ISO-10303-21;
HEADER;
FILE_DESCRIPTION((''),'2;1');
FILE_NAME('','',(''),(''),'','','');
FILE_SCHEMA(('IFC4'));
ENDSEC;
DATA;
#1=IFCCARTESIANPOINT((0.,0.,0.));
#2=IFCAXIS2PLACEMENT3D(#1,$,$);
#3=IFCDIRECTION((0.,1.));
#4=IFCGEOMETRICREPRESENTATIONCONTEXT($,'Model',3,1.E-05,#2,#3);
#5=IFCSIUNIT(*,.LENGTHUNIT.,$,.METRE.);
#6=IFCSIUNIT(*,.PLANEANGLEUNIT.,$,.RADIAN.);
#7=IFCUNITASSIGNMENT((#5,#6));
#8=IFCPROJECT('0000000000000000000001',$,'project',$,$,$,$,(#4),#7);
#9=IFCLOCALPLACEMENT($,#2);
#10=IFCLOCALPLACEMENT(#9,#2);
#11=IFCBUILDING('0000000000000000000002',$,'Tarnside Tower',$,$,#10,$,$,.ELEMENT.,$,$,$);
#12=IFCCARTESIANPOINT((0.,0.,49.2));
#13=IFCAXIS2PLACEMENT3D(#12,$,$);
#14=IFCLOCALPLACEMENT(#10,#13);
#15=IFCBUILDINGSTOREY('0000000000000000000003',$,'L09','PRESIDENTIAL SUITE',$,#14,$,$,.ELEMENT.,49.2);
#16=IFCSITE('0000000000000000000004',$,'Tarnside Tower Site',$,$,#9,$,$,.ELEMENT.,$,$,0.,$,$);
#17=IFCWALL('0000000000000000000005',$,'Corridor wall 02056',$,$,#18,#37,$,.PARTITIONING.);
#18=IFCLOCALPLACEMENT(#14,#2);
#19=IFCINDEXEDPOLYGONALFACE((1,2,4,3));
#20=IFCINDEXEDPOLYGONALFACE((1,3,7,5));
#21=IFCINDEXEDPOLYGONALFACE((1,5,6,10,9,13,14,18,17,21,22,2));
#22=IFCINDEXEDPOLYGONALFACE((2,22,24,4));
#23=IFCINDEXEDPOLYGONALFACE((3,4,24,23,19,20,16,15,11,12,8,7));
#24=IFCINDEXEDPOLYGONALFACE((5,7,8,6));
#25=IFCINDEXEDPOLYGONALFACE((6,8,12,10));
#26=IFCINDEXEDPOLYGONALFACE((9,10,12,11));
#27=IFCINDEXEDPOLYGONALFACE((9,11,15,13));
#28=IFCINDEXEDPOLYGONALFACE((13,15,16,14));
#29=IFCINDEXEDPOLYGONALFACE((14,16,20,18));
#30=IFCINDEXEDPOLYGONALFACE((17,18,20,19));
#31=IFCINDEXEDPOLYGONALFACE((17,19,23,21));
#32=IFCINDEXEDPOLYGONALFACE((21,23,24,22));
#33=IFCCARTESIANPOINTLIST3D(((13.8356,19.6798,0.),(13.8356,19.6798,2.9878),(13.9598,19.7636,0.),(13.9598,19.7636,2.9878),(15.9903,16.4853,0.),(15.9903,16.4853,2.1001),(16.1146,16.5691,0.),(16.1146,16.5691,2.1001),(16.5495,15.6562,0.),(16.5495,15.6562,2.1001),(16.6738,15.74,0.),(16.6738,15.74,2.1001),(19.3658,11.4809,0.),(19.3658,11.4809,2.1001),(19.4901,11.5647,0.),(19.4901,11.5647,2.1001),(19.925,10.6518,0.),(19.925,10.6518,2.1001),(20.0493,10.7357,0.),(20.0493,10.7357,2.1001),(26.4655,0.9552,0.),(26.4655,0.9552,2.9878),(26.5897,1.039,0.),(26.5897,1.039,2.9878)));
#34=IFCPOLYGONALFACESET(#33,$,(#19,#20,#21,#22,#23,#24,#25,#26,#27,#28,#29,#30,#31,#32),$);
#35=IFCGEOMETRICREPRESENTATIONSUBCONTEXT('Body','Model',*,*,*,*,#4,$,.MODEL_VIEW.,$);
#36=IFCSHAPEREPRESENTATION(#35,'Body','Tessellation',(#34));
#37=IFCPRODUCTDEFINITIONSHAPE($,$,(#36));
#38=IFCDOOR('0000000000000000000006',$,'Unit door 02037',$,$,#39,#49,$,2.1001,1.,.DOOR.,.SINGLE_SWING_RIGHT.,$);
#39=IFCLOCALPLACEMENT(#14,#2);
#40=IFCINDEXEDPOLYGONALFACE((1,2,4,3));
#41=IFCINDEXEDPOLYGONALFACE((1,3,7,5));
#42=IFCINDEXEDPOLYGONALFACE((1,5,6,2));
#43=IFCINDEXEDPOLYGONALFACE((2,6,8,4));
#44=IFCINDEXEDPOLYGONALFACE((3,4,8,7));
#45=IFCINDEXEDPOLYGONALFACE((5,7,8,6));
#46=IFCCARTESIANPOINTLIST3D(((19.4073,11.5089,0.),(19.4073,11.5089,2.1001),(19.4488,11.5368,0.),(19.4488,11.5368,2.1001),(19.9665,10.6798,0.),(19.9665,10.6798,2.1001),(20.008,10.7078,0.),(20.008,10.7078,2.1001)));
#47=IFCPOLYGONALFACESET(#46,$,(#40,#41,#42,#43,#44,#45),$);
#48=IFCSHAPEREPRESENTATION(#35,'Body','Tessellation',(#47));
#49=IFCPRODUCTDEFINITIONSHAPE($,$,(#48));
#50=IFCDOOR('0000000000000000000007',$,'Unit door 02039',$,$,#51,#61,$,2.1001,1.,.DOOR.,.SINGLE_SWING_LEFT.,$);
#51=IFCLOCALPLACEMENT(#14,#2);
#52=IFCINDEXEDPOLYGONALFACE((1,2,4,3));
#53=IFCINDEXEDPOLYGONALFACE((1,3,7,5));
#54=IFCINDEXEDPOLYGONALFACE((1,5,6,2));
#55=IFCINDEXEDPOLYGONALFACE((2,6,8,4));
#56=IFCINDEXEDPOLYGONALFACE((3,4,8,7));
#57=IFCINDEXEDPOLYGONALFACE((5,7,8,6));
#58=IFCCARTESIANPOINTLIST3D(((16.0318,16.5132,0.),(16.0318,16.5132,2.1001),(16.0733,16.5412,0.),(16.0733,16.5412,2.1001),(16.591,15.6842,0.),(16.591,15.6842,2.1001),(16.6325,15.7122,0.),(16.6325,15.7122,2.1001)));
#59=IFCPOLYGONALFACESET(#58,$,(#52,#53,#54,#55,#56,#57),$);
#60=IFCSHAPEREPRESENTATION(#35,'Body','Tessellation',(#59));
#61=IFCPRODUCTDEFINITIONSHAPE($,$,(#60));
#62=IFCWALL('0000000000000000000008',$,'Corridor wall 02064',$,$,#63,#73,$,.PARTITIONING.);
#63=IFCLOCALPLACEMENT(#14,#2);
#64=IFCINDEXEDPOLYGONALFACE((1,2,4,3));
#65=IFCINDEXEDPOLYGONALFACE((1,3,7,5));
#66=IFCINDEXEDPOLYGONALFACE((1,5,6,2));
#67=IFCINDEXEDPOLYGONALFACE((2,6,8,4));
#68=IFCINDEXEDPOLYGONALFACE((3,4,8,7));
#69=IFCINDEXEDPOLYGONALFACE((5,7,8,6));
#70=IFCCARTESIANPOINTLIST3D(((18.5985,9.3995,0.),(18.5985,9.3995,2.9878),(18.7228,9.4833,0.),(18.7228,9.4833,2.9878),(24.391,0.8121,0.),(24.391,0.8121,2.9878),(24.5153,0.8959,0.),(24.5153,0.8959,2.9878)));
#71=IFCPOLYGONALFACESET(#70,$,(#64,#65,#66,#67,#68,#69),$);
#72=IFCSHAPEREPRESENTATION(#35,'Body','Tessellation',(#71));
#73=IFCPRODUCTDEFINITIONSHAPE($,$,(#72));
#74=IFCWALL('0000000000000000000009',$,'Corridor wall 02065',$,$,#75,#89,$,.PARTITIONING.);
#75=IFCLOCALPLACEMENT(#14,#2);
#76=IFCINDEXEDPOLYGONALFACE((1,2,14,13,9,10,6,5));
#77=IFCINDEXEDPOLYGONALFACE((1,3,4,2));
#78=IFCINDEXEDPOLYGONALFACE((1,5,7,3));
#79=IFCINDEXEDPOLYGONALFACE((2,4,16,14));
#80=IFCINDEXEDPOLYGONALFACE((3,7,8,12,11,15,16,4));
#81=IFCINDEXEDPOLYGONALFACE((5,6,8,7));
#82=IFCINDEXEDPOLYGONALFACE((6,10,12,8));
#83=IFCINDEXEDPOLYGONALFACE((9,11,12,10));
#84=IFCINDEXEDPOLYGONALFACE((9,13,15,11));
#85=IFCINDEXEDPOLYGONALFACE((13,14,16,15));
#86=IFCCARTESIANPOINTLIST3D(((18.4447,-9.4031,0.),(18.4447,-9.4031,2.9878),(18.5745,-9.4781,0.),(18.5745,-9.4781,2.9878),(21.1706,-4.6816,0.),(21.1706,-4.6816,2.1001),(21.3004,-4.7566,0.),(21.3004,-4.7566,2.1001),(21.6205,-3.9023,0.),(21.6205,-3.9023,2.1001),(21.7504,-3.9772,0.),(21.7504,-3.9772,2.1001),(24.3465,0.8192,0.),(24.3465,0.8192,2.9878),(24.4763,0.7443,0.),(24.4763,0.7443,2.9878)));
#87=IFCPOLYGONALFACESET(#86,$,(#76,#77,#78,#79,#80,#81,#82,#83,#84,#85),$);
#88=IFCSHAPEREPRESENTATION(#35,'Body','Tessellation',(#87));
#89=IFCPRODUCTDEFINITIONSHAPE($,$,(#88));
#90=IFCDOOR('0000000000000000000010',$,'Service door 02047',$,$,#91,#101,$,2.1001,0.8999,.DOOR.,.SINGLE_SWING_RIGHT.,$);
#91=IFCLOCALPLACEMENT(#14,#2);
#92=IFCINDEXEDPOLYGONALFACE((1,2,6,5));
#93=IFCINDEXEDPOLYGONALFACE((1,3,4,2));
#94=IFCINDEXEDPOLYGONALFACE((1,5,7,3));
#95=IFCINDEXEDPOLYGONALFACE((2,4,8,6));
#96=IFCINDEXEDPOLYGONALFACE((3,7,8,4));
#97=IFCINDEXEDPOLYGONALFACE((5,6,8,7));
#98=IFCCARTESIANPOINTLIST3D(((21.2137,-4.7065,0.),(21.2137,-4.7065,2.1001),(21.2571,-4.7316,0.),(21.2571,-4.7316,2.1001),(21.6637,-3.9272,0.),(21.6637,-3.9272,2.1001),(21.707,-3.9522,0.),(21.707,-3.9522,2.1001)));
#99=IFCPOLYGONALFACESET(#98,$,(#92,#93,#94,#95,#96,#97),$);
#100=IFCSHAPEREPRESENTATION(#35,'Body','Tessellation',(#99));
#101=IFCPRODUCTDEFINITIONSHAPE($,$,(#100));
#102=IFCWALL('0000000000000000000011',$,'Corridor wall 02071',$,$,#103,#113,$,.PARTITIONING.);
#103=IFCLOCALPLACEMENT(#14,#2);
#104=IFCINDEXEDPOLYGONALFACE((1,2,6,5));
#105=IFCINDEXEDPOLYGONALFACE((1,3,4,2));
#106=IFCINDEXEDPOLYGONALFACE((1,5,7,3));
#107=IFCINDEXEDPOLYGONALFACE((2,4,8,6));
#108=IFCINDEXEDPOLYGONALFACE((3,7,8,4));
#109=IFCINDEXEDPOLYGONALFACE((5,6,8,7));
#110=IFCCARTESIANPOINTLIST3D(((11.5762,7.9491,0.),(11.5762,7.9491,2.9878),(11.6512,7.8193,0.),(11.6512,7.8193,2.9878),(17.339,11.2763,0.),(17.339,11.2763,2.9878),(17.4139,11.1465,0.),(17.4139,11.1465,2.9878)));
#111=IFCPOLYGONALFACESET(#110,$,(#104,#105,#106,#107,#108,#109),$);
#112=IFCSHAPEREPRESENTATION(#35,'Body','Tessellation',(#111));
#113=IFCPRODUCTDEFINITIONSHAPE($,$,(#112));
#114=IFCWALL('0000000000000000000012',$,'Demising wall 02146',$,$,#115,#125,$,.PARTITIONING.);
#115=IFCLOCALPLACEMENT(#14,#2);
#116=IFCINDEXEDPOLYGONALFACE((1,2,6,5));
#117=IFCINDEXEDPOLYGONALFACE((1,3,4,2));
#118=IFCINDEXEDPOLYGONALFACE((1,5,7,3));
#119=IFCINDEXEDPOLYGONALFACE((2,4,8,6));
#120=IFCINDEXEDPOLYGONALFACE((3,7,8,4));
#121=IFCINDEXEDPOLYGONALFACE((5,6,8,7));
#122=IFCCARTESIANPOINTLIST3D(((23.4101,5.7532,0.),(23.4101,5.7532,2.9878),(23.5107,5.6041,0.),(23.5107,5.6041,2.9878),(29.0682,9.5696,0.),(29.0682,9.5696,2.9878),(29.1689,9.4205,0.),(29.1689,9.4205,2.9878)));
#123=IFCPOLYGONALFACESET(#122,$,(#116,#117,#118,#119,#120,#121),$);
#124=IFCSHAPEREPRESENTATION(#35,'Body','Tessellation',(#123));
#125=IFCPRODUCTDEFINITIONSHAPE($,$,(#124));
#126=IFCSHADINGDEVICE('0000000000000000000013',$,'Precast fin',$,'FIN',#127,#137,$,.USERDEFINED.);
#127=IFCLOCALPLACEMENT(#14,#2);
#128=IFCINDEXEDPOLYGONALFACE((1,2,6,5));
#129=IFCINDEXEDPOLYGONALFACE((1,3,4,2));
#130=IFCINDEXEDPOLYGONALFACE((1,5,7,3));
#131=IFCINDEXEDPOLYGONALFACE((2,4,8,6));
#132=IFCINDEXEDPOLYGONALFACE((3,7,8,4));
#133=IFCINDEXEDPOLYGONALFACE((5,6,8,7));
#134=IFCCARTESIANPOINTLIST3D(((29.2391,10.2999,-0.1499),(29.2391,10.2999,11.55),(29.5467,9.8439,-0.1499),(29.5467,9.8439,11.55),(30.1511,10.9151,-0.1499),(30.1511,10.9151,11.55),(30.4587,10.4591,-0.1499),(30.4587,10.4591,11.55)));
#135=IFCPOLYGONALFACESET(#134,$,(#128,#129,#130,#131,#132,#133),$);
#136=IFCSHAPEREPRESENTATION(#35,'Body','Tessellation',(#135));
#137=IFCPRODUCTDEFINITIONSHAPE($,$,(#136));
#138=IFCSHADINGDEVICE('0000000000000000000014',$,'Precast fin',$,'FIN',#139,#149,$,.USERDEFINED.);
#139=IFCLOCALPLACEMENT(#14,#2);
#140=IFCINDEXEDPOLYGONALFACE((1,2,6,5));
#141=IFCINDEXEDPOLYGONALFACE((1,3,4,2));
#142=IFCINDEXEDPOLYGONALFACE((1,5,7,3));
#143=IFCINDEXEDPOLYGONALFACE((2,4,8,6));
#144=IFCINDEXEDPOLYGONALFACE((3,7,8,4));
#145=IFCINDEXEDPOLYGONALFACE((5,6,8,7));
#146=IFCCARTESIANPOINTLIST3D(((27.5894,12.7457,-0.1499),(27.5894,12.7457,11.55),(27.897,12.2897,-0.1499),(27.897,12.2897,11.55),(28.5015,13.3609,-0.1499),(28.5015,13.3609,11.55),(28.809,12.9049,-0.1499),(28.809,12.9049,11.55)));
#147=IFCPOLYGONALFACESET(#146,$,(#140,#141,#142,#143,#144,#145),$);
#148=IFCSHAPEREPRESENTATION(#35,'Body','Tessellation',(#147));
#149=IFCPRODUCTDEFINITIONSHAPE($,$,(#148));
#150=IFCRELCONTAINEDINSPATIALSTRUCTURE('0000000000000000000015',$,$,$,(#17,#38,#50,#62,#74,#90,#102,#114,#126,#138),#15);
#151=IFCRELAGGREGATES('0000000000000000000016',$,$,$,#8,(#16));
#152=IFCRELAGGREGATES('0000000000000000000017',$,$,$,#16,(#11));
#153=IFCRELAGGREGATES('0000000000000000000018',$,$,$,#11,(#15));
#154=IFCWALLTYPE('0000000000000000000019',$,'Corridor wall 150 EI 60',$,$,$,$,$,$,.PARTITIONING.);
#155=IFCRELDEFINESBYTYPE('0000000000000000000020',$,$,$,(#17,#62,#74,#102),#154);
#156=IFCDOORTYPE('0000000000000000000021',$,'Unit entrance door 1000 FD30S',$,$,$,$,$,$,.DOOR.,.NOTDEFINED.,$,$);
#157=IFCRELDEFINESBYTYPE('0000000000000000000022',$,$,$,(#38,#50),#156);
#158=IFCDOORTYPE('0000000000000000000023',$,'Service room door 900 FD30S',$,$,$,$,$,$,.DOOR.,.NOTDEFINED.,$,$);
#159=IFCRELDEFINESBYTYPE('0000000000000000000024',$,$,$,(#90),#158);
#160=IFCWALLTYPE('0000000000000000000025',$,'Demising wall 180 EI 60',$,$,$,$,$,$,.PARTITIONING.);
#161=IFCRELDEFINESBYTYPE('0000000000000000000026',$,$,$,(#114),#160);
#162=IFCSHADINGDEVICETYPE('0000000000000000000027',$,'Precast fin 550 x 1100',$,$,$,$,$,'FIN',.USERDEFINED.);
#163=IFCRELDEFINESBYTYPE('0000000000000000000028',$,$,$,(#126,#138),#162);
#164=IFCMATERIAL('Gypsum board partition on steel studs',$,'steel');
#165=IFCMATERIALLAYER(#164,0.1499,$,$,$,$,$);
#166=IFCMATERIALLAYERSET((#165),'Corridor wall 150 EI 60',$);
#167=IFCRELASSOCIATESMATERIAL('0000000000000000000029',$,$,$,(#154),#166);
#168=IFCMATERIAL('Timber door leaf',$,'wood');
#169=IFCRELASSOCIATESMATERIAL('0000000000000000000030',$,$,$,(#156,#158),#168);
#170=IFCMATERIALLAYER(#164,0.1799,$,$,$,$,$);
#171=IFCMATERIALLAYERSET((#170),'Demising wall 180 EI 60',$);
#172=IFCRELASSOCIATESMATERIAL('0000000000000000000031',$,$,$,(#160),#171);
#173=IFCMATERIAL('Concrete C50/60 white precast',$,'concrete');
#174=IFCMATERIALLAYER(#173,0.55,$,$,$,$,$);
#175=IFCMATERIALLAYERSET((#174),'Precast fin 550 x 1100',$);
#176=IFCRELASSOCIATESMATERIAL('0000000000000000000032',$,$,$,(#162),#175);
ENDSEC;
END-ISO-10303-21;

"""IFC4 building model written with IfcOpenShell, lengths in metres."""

from ifc_helpers import new_model, si_unit, direction, frame, frame_2d, origin, place, context, subcontext, project, spatial, polyline, rectangle, outline, extrude, material, layer, layer_set, type_object, element, fill, save


model = new_model("IFC4")

# Units and contexts
model_context = context("Model", 3, precision=1e-05, world=origin(), true_north=direction((0.0, 1.0)))
body_context = subcontext(model_context, "Body", "Model", "MODEL_VIEW")
ifc_project = project(units=[si_unit("LENGTHUNIT", "METRE"), si_unit("PLANEANGLEUNIT", "RADIAN")], contexts=[model_context])

# Site, building, storey
site_placement = place(None, origin())
site = spatial("IfcSite", under=ifc_project, at=site_placement, Name="Tarnside Tower Site", CompositionType="ELEMENT", RefElevation=0.0)
building_placement = place(site_placement, origin())
building = spatial("IfcBuilding", under=site, at=building_placement, Name="Tarnside Tower", CompositionType="ELEMENT")
storey_placement = place(building_placement, frame((0.0, 0.0, 49.2)))
storey = spatial("IfcBuildingStorey", under=building, at=storey_placement, Name="L09", Description="PRESIDENTIAL SUITE", CompositionType="ELEMENT", Elevation=49.2)

# Shared definitions
ifc_material_1 = material(Name="Gypsum board partition on steel studs", Category="steel")
ifc_material_2 = material(Name="Timber door leaf", Category="wood")

# Wall, openings, doors
ifc_layer_1 = layer(ifc_material_1, 0.1499)
ifc_layer_set_1 = layer_set([ifc_layer_1], Name="Corridor wall 150 EI 60")
wall_type_1 = type_object("IfcWallType", Name="Corridor wall 150 EI 60", PredefinedType="PARTITIONING", material=ifc_layer_set_1)
wall_1_placement = place(storey_placement, frame((26.5276, 0.9971, 0.0), z_axis=(0.0, 0.0, 1.0), x_axis=(-0.559192, 0.829038, 0.0)))
wall_1 = element("IfcWall", 1, at=wall_1_placement, inside=storey, type_object=wall_type_1, Name="Corridor wall 02056", PredefinedType="PARTITIONING", context=body_context, shape_type="SweptSolid", body=[
    extrude(rectangle(XDim=22.5859, YDim=0.1499, at=frame_2d((11.293, 0.0))), origin(), (0.0, 0.0, 1.0), 2.9878),
])
opening_1_placement = place(wall_1_placement, frame((11.6963, 0.0, 0.0)))
opening_1 = element("IfcOpeningElement", 2, at=opening_1_placement, cuts=wall_1, PredefinedType="OPENING", context=body_context, shape_type="SweptSolid", body=[
    extrude(rectangle(XDim=1.0, YDim=2.1001, at=frame_2d((0.5, 1.05))), frame((0.0, 0.085, 0.0), z_axis=(0.0, -1.0, 0.0), x_axis=(1.0, 0.0, 0.0)), (0.0, 0.0, 1.0), 0.1699),
])
opening_2_placement = place(wall_1_placement, frame((17.7327, 0.0, 0.0)))
opening_2 = element("IfcOpeningElement", 3, at=opening_2_placement, cuts=wall_1, PredefinedType="OPENING", context=body_context, shape_type="SweptSolid", body=[
    extrude(rectangle(XDim=1.0, YDim=2.1001, at=frame_2d((0.5, 1.05))), frame((0.0, 0.085, 0.0), z_axis=(0.0, -1.0, 0.0), x_axis=(1.0, 0.0, 0.0)), (0.0, 0.0, 1.0), 0.1699),
])
door_type_1 = type_object("IfcDoorType", Name="Unit entrance door 1000 FD30S", OperationType="NOTDEFINED", PredefinedType="DOOR", material=ifc_material_2)
door_1_placement = place(opening_1_placement, origin())
door_1 = element("IfcDoor", 4, at=door_1_placement, inside=storey, type_object=door_type_1, Name="Unit door 02037", OperationType="SINGLE_SWING_RIGHT", OverallHeight=2.1001, OverallWidth=1.0, PredefinedType="DOOR", context=body_context, shape_type="SweptSolid", body=[
    extrude(rectangle(XDim=1.0, YDim=2.1001, at=frame_2d((0.5, 1.05))), frame((0.0, 0.0249, 0.0), z_axis=(0.0, -1.0, 0.0), x_axis=(1.0, 0.0, 0.0)), (0.0, 0.0, 1.0), 0.05),
])
fill(opening_1, door_1)
door_2_placement = place(opening_2_placement, origin())
door_2 = element("IfcDoor", 5, at=door_2_placement, inside=storey, type_object=door_type_1, Name="Unit door 02039", OperationType="SINGLE_SWING_LEFT", OverallHeight=2.1001, OverallWidth=1.0, PredefinedType="DOOR", context=body_context, shape_type="SweptSolid", body=[
    extrude(rectangle(XDim=1.0, YDim=2.1001, at=frame_2d((0.5, 1.05))), frame((0.0, 0.0249, 0.0), z_axis=(0.0, -1.0, 0.0), x_axis=(1.0, 0.0, 0.0)), (0.0, 0.0, 1.0), 0.05),
])
fill(opening_2, door_2)

# Wall
wall_2_placement = place(storey_placement, frame((18.6606, 9.4414, 0.0), z_axis=(0.0, 0.0, 1.0), x_axis=(0.559206, -0.829028, 0.0)))
element("IfcWall", 6, at=wall_2_placement, inside=storey, type_object=wall_type_1, Name="Corridor wall 02064", PredefinedType="PARTITIONING", context=body_context, shape_type="SweptSolid", body=[
    extrude(rectangle(XDim=10.3584, YDim=0.1499, at=frame_2d((5.1792, 0.0))), origin(), (0.0, 0.0, 1.0), 2.9878),
])

# Wall, opening, door
wall_3_placement = place(storey_placement, frame((24.4114, 0.7817, 0.0), z_axis=(0.0, 0.0, 1.0), x_axis=(-0.499996, -0.866027, 0.0)))
wall_3 = element("IfcWall", 7, at=wall_3_placement, inside=storey, type_object=wall_type_1, Name="Corridor wall 02065", PredefinedType="PARTITIONING", context=body_context, shape_type="SweptSolid", body=[
    extrude(rectangle(XDim=11.8037, YDim=0.1499, at=frame_2d((5.9019, 0.0))), origin(), (0.0, 0.0, 1.0), 2.9878),
])
opening_3_placement = place(wall_3_placement, frame((5.4519, 0.0, 0.0)))
opening_3 = element("IfcOpeningElement", 8, at=opening_3_placement, cuts=wall_3, PredefinedType="OPENING", context=body_context, shape_type="SweptSolid", body=[
    extrude(rectangle(XDim=0.8999, YDim=2.1001, at=frame_2d((0.45, 1.05))), frame((0.0, 0.085, 0.0), z_axis=(0.0, -1.0, 0.0), x_axis=(1.0, 0.0, 0.0)), (0.0, 0.0, 1.0), 0.1699),
])
door_type_2 = type_object("IfcDoorType", Name="Service room door 900 FD30S", OperationType="NOTDEFINED", PredefinedType="DOOR", material=ifc_material_2)
door_3_placement = place(opening_3_placement, origin())
door_3 = element("IfcDoor", 9, at=door_3_placement, inside=storey, type_object=door_type_2, Name="Service door 02047", OperationType="SINGLE_SWING_RIGHT", OverallHeight=2.1001, OverallWidth=0.8999, PredefinedType="DOOR", context=body_context, shape_type="SweptSolid", body=[
    extrude(rectangle(XDim=0.8999, YDim=2.1001, at=frame_2d((0.45, 1.05))), frame((0.0, 0.0249, 0.0), z_axis=(0.0, -1.0, 0.0), x_axis=(1.0, 0.0, 0.0)), (0.0, 0.0, 1.0), 0.05),
])
fill(opening_3, door_3)

# Walls
wall_4_placement = place(storey_placement, frame((17.3765, 11.2114, 0.0), z_axis=(0.0, 0.0, 1.0), x_axis=(-0.866022, -0.500006, 0.0)))
element("IfcWall", 10, at=wall_4_placement, inside=storey, type_object=wall_type_1, Name="Corridor wall 02071", PredefinedType="PARTITIONING", context=body_context, shape_type="SweptSolid", body=[
    extrude(rectangle(XDim=6.6543, YDim=0.1499, at=frame_2d((3.3271, 0.0))), origin(), (0.0, 0.0, 1.0), 2.9878),
])
ifc_layer_2 = layer(ifc_material_1, 0.1799)
ifc_layer_set_2 = layer_set([ifc_layer_2], Name="Demising wall 180 EI 60")
wall_type_2 = type_object("IfcWallType", Name="Demising wall 180 EI 60", PredefinedType="PARTITIONING", material=ifc_layer_set_2)
wall_5_placement = place(storey_placement, frame((29.1187, 9.4951, 0.0), z_axis=(0.0, 0.0, 1.0), x_axis=(-0.829044, -0.559183, 0.0)))
element("IfcWall", 11, at=wall_5_placement, inside=storey, type_object=wall_type_2, Name="Demising wall 02146", PredefinedType="PARTITIONING", context=body_context, shape_type="SweptSolid", body=[
    extrude(rectangle(XDim=6.825, YDim=0.1799, at=frame_2d((3.4126, 0.0))), origin(), (0.0, 0.0, 1.0), 2.9878),
])

# Shading devices
ifc_material_3 = material(Name="Concrete C50/60 white precast", Category="concrete")
ifc_layer_3 = layer(ifc_material_3, 0.55)
ifc_layer_set_3 = layer_set([ifc_layer_3], Name="Precast fin 550 x 1100")
shading_device_type = type_object("IfcShadingDeviceType", Name="Precast fin 550 x 1100", ElementType="FIN", PredefinedType="USERDEFINED", material=ifc_layer_set_3)
for number, where, z_axis, x_axis, name in (
    (12, (29.3928, 10.072, -0.1499), (0.559193, -0.829038, 0.0), (0.829038, 0.559193, 0.0), "Precast fin"),
    (13, (27.7432, 12.5178, -0.1499), (0.559193, -0.829038, 0.0), (0.829038, 0.559193, 0.0), "Precast fin"),
):
    element("IfcShadingDevice", number, at=place(storey_placement, frame(where, z_axis=z_axis, x_axis=x_axis)), inside=storey, type_object=shading_device_type, Name=name, ObjectType="FIN", PredefinedType="USERDEFINED", context=body_context, shape_type="SweptSolid", body=[
        extrude(outline(polyline([(0.0, 0.0), (1.1001, 0.0), (1.1001, 11.7), (0.0, 11.7), (0.0, 0.0)])), frame((0.0, 0.0, -0.2749)), (0.0, 0.0, 1.0), 0.55),
    ])

save(model, "model.ifc")
